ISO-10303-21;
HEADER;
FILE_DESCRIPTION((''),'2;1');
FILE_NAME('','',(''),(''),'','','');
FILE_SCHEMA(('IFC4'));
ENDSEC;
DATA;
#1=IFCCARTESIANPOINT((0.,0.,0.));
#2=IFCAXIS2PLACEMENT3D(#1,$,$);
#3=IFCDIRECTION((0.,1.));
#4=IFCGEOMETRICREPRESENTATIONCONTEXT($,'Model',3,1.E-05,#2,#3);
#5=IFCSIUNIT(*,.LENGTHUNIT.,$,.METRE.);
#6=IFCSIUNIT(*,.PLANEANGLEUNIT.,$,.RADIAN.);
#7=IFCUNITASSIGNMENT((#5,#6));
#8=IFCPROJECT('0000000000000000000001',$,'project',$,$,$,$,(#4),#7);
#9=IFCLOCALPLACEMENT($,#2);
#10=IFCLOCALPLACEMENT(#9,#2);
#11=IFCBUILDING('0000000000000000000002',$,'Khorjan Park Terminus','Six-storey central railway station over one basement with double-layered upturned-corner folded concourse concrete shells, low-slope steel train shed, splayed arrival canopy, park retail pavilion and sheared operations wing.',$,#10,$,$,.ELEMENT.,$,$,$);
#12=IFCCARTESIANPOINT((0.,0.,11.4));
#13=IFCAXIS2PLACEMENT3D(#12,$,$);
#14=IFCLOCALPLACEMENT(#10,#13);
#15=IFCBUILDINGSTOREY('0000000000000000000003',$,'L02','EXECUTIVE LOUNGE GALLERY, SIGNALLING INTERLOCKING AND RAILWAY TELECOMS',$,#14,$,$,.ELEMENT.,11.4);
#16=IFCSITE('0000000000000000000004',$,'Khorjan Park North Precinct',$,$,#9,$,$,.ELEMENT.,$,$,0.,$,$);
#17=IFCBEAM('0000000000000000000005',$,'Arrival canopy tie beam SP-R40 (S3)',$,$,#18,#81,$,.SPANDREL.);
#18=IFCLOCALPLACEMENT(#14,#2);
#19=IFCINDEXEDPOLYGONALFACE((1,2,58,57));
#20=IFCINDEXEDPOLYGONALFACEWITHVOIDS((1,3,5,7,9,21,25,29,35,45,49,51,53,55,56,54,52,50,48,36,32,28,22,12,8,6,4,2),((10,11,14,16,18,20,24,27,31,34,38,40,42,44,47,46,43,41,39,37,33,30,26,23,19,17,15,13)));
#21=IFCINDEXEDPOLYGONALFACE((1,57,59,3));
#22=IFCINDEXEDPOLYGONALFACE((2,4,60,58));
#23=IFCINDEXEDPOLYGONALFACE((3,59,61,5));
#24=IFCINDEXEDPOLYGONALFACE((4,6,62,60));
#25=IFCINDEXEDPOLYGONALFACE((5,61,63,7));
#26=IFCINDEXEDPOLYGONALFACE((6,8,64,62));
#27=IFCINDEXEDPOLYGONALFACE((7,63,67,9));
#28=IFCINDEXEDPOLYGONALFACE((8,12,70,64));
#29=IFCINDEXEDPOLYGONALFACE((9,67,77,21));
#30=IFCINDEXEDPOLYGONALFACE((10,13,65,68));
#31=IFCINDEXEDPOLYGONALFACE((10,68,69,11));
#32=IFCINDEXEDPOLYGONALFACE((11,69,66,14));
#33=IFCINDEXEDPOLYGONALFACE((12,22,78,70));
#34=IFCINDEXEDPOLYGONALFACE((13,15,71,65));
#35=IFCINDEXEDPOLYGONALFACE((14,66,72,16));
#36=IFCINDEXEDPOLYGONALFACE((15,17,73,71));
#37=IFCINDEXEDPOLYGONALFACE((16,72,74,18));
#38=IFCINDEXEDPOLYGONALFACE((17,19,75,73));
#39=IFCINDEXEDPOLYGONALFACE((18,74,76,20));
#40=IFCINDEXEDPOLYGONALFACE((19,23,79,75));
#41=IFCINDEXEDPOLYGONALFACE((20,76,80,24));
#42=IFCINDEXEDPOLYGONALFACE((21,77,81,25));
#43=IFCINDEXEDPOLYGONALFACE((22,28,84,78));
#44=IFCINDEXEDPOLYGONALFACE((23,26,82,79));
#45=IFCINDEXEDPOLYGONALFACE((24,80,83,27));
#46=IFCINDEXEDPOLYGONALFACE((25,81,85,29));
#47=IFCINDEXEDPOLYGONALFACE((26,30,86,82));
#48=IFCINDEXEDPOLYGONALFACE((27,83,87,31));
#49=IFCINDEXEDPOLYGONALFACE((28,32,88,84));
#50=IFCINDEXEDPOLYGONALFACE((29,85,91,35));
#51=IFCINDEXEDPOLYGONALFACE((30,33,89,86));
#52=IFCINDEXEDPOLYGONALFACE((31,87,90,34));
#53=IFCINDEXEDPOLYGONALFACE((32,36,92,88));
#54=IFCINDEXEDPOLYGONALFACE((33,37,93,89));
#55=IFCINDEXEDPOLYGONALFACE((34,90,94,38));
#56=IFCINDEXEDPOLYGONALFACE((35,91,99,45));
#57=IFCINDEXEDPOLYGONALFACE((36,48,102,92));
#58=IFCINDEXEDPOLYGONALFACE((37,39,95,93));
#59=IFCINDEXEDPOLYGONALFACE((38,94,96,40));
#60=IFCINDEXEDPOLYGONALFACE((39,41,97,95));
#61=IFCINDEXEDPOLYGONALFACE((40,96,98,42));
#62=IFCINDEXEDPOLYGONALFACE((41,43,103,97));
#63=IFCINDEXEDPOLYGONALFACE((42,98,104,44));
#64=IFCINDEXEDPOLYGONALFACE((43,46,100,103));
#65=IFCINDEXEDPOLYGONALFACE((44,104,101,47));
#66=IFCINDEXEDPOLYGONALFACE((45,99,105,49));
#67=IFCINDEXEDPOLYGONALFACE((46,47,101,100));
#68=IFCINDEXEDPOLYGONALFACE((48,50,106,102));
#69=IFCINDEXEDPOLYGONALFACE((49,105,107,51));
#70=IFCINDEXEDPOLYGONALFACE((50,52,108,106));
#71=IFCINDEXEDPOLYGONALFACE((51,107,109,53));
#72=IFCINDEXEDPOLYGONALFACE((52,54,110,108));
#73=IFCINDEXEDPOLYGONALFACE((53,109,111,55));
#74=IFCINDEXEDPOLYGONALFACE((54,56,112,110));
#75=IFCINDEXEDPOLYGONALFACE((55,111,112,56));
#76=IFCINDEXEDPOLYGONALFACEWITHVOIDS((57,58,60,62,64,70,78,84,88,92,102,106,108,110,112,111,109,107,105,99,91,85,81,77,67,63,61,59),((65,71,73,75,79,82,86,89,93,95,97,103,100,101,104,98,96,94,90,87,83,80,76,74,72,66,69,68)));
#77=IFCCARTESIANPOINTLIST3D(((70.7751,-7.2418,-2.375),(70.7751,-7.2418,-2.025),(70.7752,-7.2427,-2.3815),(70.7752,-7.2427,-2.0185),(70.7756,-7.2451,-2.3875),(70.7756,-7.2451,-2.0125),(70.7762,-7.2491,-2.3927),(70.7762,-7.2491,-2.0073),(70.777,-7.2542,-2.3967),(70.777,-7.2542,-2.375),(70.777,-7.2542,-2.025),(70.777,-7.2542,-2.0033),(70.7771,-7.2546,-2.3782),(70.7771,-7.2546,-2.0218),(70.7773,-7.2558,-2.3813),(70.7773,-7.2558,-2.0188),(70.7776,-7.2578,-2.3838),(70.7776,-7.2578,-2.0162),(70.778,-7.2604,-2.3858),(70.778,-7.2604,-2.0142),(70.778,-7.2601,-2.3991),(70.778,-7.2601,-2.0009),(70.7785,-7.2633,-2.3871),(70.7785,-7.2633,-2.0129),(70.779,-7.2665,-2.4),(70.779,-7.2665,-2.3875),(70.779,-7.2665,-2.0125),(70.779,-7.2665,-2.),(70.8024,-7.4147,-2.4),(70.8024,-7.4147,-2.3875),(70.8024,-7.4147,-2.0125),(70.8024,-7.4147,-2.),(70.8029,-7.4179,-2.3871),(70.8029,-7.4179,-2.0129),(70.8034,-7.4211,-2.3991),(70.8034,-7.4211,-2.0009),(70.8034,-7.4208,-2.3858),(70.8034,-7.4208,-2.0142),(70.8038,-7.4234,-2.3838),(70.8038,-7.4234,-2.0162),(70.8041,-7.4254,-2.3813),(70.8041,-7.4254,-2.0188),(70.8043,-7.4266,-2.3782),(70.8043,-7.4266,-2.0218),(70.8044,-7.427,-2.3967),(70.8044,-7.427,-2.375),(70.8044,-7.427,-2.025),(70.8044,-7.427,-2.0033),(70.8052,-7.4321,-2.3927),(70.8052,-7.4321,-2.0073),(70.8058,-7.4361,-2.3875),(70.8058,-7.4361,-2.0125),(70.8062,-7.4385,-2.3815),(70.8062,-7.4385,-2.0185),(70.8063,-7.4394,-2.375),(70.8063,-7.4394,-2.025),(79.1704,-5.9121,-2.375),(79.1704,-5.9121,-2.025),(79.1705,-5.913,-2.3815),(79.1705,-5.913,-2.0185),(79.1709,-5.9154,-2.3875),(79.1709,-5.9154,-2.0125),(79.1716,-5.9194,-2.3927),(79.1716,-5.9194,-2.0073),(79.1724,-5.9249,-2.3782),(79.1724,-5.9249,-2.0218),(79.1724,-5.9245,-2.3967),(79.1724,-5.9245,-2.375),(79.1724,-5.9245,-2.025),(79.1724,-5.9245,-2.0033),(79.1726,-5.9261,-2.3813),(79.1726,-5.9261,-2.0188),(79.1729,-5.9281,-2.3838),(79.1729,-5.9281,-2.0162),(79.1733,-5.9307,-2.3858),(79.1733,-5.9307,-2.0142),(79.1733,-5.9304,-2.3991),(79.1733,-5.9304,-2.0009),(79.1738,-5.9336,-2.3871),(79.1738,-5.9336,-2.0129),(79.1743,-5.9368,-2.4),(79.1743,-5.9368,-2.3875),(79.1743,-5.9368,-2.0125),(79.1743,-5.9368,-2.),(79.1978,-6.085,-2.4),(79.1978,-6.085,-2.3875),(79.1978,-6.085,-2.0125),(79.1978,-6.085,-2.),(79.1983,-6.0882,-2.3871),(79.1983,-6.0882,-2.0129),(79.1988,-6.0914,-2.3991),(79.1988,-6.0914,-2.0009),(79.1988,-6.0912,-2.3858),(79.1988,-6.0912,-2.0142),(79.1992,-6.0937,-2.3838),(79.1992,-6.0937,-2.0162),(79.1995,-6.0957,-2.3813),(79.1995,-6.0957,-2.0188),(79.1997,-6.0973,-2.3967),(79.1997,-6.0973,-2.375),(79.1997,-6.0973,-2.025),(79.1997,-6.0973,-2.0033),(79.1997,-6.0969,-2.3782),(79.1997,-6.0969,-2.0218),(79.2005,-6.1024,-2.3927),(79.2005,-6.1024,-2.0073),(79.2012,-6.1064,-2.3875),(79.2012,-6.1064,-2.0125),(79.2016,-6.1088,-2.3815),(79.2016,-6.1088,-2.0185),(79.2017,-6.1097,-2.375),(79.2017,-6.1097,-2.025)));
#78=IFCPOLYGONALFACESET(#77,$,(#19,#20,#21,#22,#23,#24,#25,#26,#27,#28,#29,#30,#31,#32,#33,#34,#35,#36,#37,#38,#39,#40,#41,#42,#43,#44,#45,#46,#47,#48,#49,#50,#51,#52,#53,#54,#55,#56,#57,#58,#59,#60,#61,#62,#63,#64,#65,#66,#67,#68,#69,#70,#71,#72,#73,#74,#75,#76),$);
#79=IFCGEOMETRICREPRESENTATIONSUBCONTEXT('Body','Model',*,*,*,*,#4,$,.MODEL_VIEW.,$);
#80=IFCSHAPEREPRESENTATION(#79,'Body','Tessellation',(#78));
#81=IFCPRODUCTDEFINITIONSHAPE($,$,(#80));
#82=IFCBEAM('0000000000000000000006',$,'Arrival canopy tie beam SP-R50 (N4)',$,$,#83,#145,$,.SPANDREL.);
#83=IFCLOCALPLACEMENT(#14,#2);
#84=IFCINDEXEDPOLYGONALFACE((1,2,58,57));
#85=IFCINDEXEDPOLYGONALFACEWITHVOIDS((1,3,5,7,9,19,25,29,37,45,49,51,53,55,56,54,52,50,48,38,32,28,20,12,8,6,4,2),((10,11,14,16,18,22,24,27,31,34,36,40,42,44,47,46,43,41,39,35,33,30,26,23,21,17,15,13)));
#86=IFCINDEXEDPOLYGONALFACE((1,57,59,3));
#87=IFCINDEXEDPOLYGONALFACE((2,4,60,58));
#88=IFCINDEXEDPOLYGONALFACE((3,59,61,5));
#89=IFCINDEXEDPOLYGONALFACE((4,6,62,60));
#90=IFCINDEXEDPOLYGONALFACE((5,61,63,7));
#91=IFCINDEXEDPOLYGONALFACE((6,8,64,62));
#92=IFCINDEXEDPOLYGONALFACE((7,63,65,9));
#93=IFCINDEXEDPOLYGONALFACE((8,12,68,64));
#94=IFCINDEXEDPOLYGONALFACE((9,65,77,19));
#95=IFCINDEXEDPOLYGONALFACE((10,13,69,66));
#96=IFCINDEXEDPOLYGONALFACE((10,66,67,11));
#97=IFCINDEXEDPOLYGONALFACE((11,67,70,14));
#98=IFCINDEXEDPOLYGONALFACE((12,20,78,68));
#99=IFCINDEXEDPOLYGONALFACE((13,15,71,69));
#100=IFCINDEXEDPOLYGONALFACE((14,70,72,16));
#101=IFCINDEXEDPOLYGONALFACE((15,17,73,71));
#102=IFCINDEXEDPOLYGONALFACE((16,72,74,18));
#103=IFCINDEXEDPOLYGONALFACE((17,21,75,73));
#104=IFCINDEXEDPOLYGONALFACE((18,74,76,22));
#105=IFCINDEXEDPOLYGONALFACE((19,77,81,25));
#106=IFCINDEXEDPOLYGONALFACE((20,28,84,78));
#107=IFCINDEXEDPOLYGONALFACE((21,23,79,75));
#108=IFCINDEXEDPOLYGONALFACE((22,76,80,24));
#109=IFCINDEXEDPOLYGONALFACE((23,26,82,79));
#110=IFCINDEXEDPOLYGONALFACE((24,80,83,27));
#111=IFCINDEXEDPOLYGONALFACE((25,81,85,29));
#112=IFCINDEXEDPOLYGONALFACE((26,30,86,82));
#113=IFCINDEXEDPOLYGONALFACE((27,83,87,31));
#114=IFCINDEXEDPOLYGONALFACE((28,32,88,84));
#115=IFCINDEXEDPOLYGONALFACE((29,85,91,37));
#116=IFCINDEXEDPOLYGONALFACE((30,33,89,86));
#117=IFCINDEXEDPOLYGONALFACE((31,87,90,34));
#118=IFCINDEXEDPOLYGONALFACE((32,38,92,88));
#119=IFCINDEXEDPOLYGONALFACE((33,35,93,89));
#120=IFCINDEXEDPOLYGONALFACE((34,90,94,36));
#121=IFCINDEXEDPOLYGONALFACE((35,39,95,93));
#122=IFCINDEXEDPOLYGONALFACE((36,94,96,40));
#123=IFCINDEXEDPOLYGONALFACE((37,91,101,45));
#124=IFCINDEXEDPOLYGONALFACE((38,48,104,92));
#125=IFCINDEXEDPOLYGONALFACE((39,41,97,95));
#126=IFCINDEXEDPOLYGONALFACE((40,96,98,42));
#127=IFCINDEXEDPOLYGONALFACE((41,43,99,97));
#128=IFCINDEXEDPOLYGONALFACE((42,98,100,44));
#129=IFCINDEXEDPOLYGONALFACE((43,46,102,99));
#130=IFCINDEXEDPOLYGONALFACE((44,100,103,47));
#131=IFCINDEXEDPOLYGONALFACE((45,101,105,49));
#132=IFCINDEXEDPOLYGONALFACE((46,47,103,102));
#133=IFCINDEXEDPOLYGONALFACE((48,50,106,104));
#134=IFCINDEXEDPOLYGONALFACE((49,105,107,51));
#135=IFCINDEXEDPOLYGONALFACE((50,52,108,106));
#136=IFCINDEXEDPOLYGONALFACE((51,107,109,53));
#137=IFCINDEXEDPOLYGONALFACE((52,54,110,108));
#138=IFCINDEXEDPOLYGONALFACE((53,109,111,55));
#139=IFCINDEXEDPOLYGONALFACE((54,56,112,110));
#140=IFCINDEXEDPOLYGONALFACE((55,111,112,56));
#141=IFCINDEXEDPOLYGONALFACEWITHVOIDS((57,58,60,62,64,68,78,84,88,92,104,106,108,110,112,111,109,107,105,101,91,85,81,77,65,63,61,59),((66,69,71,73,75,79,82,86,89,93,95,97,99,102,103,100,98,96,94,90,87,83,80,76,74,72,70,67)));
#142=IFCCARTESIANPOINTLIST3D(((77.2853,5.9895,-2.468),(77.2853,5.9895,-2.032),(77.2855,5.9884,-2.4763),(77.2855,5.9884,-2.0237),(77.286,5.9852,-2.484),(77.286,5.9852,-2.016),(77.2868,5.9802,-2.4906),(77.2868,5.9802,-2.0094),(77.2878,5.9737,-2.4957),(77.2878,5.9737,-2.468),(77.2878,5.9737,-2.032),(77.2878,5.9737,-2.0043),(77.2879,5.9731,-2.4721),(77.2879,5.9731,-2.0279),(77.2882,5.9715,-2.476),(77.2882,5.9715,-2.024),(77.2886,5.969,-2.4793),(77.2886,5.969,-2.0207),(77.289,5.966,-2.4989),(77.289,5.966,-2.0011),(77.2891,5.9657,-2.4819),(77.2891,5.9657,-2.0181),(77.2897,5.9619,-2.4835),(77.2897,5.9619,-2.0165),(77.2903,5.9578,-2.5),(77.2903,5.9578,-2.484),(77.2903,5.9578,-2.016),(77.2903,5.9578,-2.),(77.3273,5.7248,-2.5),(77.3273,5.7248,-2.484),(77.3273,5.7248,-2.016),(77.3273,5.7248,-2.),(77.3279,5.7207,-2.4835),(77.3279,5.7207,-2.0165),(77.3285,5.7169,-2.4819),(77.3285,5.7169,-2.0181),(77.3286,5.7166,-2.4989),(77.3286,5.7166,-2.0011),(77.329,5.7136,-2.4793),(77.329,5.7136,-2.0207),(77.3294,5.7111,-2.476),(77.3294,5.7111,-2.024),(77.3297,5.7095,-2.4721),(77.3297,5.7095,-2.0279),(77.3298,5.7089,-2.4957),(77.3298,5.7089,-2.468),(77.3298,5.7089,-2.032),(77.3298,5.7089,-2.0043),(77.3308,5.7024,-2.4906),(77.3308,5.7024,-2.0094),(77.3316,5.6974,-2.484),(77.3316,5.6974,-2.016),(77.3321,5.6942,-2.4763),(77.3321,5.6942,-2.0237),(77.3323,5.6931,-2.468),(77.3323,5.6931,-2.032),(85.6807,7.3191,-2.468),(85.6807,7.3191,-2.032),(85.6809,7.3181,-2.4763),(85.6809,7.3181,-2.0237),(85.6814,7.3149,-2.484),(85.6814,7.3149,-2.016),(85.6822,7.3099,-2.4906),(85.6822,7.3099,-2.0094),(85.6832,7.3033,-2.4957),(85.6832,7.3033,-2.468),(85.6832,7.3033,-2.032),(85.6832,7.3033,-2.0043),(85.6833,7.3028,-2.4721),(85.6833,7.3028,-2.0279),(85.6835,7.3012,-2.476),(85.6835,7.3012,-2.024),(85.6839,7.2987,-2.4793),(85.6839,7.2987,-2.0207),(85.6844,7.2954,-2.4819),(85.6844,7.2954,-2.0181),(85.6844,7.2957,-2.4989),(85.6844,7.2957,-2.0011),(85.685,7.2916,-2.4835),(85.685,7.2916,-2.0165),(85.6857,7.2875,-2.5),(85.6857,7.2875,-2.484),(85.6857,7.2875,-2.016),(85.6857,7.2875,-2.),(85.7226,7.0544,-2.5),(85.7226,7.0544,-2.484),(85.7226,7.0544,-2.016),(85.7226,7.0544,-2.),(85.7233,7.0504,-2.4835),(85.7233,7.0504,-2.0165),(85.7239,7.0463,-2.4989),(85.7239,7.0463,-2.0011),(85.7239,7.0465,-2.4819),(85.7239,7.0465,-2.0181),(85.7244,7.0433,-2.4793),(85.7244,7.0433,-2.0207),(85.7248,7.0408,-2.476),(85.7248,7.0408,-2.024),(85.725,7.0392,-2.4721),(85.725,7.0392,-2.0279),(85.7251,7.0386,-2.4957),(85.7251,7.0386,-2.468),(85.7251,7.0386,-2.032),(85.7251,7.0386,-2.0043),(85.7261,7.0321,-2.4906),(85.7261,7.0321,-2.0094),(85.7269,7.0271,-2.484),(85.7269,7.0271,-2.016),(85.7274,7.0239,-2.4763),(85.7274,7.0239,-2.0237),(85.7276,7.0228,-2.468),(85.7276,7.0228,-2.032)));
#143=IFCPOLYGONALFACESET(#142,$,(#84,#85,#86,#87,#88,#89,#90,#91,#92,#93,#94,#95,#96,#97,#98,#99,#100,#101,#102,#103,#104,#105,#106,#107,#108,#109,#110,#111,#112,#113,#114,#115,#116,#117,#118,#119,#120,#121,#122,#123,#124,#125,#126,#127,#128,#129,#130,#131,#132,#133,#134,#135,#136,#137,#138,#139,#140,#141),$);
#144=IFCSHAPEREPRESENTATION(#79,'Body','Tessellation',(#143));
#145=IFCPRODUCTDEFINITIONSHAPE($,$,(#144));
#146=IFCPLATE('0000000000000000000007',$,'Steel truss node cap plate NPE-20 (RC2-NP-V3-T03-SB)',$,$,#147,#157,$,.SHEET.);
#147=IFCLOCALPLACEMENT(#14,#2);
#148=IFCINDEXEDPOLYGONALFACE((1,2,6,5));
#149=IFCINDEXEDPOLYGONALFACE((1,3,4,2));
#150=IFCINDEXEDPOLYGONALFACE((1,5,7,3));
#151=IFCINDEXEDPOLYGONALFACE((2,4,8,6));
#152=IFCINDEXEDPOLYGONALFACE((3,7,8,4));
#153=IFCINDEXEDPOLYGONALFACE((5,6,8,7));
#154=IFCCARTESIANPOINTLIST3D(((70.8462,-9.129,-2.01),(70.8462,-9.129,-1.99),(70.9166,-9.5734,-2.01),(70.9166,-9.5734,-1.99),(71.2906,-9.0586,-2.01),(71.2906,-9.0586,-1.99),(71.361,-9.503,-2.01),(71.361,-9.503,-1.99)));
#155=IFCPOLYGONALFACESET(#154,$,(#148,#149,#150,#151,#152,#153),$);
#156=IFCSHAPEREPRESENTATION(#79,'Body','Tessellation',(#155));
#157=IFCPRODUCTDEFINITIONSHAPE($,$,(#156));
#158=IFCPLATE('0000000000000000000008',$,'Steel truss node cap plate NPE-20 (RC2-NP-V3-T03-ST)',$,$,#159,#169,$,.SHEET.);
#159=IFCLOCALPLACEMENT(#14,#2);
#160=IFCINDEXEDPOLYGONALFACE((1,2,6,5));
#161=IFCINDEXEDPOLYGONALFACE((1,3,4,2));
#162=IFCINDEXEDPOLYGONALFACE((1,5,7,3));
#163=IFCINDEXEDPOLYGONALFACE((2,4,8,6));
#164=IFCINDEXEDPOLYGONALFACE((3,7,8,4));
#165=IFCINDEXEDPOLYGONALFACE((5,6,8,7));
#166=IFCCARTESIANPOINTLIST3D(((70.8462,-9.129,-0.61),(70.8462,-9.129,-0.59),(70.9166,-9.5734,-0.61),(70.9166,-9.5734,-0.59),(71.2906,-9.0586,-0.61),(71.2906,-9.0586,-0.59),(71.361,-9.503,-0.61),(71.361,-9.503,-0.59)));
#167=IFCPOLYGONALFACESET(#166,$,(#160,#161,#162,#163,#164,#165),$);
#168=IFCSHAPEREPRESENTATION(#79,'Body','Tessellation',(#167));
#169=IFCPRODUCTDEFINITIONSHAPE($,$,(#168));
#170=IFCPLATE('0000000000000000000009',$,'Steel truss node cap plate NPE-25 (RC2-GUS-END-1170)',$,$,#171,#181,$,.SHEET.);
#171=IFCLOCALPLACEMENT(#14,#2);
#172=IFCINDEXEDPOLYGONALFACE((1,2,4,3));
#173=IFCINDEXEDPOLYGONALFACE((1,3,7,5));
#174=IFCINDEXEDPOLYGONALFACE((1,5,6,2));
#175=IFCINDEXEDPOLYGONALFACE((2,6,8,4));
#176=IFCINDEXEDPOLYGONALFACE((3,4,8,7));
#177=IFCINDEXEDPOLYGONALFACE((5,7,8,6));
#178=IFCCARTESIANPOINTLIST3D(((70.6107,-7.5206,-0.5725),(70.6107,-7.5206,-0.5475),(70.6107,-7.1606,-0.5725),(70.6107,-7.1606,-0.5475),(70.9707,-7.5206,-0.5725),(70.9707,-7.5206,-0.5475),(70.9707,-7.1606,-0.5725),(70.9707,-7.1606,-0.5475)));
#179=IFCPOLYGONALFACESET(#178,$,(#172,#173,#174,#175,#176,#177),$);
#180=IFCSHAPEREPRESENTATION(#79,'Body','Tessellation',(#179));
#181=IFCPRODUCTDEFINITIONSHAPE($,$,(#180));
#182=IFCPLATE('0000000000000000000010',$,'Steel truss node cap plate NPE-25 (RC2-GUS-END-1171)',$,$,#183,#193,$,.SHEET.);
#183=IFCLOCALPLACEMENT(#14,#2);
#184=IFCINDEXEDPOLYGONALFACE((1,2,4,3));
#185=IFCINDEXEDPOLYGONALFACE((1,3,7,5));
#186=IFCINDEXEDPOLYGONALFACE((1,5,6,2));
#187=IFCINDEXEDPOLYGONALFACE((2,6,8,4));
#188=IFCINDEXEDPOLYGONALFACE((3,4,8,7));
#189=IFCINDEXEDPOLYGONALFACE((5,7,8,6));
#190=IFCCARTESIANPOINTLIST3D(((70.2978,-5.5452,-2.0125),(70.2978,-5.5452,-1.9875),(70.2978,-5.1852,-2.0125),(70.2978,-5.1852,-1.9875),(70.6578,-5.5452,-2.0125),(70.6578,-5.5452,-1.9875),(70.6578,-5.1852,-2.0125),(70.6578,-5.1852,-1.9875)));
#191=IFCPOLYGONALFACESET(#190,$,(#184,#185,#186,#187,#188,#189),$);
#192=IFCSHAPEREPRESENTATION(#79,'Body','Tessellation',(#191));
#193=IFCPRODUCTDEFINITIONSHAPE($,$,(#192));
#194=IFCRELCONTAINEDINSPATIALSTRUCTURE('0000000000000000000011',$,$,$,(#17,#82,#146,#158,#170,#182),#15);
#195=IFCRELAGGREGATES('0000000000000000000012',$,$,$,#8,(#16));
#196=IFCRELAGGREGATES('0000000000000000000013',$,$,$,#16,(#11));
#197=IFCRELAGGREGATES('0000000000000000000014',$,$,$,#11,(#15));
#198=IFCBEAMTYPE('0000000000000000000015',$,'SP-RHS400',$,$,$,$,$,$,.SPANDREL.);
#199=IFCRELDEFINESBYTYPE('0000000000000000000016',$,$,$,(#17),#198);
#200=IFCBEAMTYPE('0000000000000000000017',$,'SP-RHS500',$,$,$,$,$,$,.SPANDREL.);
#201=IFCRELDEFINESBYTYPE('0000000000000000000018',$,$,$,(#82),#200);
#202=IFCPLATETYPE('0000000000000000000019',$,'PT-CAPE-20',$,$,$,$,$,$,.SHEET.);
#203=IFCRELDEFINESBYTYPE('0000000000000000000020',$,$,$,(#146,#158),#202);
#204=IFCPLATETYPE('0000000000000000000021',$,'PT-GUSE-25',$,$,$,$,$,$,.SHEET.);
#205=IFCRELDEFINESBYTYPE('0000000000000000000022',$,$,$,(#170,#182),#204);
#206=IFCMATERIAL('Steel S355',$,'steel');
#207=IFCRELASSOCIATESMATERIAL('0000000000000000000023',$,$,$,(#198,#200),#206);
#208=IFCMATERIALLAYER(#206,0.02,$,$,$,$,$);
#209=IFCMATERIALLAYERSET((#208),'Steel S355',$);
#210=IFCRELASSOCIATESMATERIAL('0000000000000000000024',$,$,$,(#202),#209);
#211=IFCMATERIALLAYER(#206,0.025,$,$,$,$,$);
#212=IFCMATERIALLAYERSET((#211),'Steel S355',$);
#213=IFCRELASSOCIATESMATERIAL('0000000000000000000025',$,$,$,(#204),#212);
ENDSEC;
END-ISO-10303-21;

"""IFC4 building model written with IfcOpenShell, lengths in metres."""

from ifc_helpers import new_model, si_unit, direction, frame, origin, origin_2d, place, context, subcontext, project, spatial, rectangle, hollow_rectangle, extrude, material, layer, layer_set, material_profile, profile_set, type_object, element, save


model = new_model("IFC4")

# Units and contexts
model_context = context("Model", 3, precision=1e-05, world=origin(), true_north=direction((0.0, 1.0)))
body_context = subcontext(model_context, "Body", "Model", "MODEL_VIEW")
ifc_project = project(units=[si_unit("LENGTHUNIT", "METRE"), si_unit("PLANEANGLEUNIT", "RADIAN")], contexts=[model_context])

# Site, building, storey
site_placement = place(None, origin())
site = spatial("IfcSite", under=ifc_project, at=site_placement, Name="Khorjan Park North Precinct", CompositionType="ELEMENT", RefElevation=0.0)
building_placement = place(site_placement, origin())
building = spatial("IfcBuilding", under=site, at=building_placement, Name="Khorjan Park Terminus", Description="Six-storey central railway station over one basement with double-layered upturned-corner folded concourse concrete shells, low-slope steel train shed, splayed arrival canopy, park retail pavilion and sheared operations wing.", CompositionType="ELEMENT")
storey_placement = place(building_placement, frame((0.0, 0.0, 11.4)))
storey = spatial("IfcBuildingStorey", under=building, at=storey_placement, Name="L02", Description="EXECUTIVE LOUNGE GALLERY, SIGNALLING INTERLOCKING AND RAILWAY TELECOMS", CompositionType="ELEMENT", Elevation=11.4)

# Shared definitions
ifc_material = material(Name="Steel S355", Category="steel")

# Beams
ifc_material_profile_1 = material_profile(ifc_material, hollow_rectangle(XDim=0.2, YDim=0.4, WallThickness=0.0125, InnerFilletRadius=0.0125, OuterFilletRadius=0.025, at=origin_2d()), Name="RHS 400x200x12.5")
ifc_profile_set_1 = profile_set([ifc_material_profile_1], Name="Steel S355")
beam_type_1 = type_object("IfcBeamType", Name="SP-RHS400", PredefinedType="SPANDREL", material=ifc_profile_set_1)
beam_1_placement = place(storey_placement, frame((70.7907, -7.3406, -2.2), z_axis=(0.987688, 0.156434, 0.0), x_axis=(-0.156434, 0.987688, 0.0)))
element("IfcBeam", 1, at=beam_1_placement, inside=storey, type_object=beam_type_1, Name="Arrival canopy tie beam SP-R40 (S3)", PredefinedType="SPANDREL", context=body_context, shape_type="SweptSolid", body=[
    extrude(hollow_rectangle(XDim=0.2, YDim=0.4, WallThickness=0.0125, InnerFilletRadius=0.0125, OuterFilletRadius=0.025, at=origin_2d()), origin(), (0.0, 0.0, 1.0), 8.5),
])
ifc_material_profile_2 = material_profile(ifc_material, hollow_rectangle(XDim=0.3, YDim=0.5, WallThickness=0.016, InnerFilletRadius=0.016, OuterFilletRadius=0.032, at=origin_2d()), Name="RHS 500x300x16")
ifc_profile_set_2 = profile_set([ifc_material_profile_2], Name="Steel S355")
beam_type_2 = type_object("IfcBeamType", Name="SP-RHS500", PredefinedType="SPANDREL", material=ifc_profile_set_2)
beam_2_placement = place(storey_placement, frame((77.3088, 5.8413, -2.25), z_axis=(0.987688, 0.156434, 0.0), x_axis=(-0.156434, 0.987688, 0.0)))
element("IfcBeam", 2, at=beam_2_placement, inside=storey, type_object=beam_type_2, Name="Arrival canopy tie beam SP-R50 (N4)", PredefinedType="SPANDREL", context=body_context, shape_type="SweptSolid", body=[
    extrude(hollow_rectangle(XDim=0.3, YDim=0.5, WallThickness=0.016, InnerFilletRadius=0.016, OuterFilletRadius=0.032, at=origin_2d()), origin(), (0.0, 0.0, 1.0), 8.5),
])

# Plates
ifc_layer_1 = layer(ifc_material, 0.02)
ifc_layer_set_1 = layer_set([ifc_layer_1], Name="Steel S355")
plate_type_1 = type_object("IfcPlateType", Name="PT-CAPE-20", PredefinedType="SHEET", material=ifc_layer_set_1)
for number, where, z_axis, x_axis, name in (
    (3, (71.1036, -9.316, -2.01), (0.0, 0.0, 1.0), (0.987688, 0.156434, 0.0), "Steel truss node cap plate NPE-20 (RC2-NP-V3-T03-SB)"),
    (4, (71.1036, -9.316, -0.61), (0.0, 0.0, 1.0), (0.987688, 0.156434, 0.0), "Steel truss node cap plate NPE-20 (RC2-NP-V3-T03-ST)"),
):
    element("IfcPlate", number, at=place(storey_placement, frame(where, z_axis=z_axis, x_axis=x_axis)), inside=storey, type_object=plate_type_1, Name=name, PredefinedType="SHEET", context=body_context, shape_type="SweptSolid", body=[
        extrude(rectangle(XDim=0.45, YDim=0.45, at=origin_2d()), origin(), (0.0, 0.0, 1.0), 0.02),
    ])
ifc_layer_2 = layer(ifc_material, 0.025)
ifc_layer_set_2 = layer_set([ifc_layer_2], Name="Steel S355")
plate_type_2 = type_object("IfcPlateType", Name="PT-GUSE-25", PredefinedType="SHEET", material=ifc_layer_set_2)
for number, where, z_axis, x_axis, name in (
    (5, (70.7907, -7.3406, -0.5725), (0.0, 0.0, 1.0), (1.0, 0.0, 0.0), "Steel truss node cap plate NPE-25 (RC2-GUS-END-1170)"),
    (6, (70.4778, -5.3652, -2.0125), (0.0, 0.0, 1.0), (1.0, 0.0, 0.0), "Steel truss node cap plate NPE-25 (RC2-GUS-END-1171)"),
):
    element("IfcPlate", number, at=place(storey_placement, frame(where, z_axis=z_axis, x_axis=x_axis)), inside=storey, type_object=plate_type_2, Name=name, PredefinedType="SHEET", context=body_context, shape_type="SweptSolid", body=[
        extrude(rectangle(XDim=0.36, YDim=0.36, at=origin_2d()), origin(), (0.0, 0.0, 1.0), 0.025),
    ])

save(model, "model.ifc")
